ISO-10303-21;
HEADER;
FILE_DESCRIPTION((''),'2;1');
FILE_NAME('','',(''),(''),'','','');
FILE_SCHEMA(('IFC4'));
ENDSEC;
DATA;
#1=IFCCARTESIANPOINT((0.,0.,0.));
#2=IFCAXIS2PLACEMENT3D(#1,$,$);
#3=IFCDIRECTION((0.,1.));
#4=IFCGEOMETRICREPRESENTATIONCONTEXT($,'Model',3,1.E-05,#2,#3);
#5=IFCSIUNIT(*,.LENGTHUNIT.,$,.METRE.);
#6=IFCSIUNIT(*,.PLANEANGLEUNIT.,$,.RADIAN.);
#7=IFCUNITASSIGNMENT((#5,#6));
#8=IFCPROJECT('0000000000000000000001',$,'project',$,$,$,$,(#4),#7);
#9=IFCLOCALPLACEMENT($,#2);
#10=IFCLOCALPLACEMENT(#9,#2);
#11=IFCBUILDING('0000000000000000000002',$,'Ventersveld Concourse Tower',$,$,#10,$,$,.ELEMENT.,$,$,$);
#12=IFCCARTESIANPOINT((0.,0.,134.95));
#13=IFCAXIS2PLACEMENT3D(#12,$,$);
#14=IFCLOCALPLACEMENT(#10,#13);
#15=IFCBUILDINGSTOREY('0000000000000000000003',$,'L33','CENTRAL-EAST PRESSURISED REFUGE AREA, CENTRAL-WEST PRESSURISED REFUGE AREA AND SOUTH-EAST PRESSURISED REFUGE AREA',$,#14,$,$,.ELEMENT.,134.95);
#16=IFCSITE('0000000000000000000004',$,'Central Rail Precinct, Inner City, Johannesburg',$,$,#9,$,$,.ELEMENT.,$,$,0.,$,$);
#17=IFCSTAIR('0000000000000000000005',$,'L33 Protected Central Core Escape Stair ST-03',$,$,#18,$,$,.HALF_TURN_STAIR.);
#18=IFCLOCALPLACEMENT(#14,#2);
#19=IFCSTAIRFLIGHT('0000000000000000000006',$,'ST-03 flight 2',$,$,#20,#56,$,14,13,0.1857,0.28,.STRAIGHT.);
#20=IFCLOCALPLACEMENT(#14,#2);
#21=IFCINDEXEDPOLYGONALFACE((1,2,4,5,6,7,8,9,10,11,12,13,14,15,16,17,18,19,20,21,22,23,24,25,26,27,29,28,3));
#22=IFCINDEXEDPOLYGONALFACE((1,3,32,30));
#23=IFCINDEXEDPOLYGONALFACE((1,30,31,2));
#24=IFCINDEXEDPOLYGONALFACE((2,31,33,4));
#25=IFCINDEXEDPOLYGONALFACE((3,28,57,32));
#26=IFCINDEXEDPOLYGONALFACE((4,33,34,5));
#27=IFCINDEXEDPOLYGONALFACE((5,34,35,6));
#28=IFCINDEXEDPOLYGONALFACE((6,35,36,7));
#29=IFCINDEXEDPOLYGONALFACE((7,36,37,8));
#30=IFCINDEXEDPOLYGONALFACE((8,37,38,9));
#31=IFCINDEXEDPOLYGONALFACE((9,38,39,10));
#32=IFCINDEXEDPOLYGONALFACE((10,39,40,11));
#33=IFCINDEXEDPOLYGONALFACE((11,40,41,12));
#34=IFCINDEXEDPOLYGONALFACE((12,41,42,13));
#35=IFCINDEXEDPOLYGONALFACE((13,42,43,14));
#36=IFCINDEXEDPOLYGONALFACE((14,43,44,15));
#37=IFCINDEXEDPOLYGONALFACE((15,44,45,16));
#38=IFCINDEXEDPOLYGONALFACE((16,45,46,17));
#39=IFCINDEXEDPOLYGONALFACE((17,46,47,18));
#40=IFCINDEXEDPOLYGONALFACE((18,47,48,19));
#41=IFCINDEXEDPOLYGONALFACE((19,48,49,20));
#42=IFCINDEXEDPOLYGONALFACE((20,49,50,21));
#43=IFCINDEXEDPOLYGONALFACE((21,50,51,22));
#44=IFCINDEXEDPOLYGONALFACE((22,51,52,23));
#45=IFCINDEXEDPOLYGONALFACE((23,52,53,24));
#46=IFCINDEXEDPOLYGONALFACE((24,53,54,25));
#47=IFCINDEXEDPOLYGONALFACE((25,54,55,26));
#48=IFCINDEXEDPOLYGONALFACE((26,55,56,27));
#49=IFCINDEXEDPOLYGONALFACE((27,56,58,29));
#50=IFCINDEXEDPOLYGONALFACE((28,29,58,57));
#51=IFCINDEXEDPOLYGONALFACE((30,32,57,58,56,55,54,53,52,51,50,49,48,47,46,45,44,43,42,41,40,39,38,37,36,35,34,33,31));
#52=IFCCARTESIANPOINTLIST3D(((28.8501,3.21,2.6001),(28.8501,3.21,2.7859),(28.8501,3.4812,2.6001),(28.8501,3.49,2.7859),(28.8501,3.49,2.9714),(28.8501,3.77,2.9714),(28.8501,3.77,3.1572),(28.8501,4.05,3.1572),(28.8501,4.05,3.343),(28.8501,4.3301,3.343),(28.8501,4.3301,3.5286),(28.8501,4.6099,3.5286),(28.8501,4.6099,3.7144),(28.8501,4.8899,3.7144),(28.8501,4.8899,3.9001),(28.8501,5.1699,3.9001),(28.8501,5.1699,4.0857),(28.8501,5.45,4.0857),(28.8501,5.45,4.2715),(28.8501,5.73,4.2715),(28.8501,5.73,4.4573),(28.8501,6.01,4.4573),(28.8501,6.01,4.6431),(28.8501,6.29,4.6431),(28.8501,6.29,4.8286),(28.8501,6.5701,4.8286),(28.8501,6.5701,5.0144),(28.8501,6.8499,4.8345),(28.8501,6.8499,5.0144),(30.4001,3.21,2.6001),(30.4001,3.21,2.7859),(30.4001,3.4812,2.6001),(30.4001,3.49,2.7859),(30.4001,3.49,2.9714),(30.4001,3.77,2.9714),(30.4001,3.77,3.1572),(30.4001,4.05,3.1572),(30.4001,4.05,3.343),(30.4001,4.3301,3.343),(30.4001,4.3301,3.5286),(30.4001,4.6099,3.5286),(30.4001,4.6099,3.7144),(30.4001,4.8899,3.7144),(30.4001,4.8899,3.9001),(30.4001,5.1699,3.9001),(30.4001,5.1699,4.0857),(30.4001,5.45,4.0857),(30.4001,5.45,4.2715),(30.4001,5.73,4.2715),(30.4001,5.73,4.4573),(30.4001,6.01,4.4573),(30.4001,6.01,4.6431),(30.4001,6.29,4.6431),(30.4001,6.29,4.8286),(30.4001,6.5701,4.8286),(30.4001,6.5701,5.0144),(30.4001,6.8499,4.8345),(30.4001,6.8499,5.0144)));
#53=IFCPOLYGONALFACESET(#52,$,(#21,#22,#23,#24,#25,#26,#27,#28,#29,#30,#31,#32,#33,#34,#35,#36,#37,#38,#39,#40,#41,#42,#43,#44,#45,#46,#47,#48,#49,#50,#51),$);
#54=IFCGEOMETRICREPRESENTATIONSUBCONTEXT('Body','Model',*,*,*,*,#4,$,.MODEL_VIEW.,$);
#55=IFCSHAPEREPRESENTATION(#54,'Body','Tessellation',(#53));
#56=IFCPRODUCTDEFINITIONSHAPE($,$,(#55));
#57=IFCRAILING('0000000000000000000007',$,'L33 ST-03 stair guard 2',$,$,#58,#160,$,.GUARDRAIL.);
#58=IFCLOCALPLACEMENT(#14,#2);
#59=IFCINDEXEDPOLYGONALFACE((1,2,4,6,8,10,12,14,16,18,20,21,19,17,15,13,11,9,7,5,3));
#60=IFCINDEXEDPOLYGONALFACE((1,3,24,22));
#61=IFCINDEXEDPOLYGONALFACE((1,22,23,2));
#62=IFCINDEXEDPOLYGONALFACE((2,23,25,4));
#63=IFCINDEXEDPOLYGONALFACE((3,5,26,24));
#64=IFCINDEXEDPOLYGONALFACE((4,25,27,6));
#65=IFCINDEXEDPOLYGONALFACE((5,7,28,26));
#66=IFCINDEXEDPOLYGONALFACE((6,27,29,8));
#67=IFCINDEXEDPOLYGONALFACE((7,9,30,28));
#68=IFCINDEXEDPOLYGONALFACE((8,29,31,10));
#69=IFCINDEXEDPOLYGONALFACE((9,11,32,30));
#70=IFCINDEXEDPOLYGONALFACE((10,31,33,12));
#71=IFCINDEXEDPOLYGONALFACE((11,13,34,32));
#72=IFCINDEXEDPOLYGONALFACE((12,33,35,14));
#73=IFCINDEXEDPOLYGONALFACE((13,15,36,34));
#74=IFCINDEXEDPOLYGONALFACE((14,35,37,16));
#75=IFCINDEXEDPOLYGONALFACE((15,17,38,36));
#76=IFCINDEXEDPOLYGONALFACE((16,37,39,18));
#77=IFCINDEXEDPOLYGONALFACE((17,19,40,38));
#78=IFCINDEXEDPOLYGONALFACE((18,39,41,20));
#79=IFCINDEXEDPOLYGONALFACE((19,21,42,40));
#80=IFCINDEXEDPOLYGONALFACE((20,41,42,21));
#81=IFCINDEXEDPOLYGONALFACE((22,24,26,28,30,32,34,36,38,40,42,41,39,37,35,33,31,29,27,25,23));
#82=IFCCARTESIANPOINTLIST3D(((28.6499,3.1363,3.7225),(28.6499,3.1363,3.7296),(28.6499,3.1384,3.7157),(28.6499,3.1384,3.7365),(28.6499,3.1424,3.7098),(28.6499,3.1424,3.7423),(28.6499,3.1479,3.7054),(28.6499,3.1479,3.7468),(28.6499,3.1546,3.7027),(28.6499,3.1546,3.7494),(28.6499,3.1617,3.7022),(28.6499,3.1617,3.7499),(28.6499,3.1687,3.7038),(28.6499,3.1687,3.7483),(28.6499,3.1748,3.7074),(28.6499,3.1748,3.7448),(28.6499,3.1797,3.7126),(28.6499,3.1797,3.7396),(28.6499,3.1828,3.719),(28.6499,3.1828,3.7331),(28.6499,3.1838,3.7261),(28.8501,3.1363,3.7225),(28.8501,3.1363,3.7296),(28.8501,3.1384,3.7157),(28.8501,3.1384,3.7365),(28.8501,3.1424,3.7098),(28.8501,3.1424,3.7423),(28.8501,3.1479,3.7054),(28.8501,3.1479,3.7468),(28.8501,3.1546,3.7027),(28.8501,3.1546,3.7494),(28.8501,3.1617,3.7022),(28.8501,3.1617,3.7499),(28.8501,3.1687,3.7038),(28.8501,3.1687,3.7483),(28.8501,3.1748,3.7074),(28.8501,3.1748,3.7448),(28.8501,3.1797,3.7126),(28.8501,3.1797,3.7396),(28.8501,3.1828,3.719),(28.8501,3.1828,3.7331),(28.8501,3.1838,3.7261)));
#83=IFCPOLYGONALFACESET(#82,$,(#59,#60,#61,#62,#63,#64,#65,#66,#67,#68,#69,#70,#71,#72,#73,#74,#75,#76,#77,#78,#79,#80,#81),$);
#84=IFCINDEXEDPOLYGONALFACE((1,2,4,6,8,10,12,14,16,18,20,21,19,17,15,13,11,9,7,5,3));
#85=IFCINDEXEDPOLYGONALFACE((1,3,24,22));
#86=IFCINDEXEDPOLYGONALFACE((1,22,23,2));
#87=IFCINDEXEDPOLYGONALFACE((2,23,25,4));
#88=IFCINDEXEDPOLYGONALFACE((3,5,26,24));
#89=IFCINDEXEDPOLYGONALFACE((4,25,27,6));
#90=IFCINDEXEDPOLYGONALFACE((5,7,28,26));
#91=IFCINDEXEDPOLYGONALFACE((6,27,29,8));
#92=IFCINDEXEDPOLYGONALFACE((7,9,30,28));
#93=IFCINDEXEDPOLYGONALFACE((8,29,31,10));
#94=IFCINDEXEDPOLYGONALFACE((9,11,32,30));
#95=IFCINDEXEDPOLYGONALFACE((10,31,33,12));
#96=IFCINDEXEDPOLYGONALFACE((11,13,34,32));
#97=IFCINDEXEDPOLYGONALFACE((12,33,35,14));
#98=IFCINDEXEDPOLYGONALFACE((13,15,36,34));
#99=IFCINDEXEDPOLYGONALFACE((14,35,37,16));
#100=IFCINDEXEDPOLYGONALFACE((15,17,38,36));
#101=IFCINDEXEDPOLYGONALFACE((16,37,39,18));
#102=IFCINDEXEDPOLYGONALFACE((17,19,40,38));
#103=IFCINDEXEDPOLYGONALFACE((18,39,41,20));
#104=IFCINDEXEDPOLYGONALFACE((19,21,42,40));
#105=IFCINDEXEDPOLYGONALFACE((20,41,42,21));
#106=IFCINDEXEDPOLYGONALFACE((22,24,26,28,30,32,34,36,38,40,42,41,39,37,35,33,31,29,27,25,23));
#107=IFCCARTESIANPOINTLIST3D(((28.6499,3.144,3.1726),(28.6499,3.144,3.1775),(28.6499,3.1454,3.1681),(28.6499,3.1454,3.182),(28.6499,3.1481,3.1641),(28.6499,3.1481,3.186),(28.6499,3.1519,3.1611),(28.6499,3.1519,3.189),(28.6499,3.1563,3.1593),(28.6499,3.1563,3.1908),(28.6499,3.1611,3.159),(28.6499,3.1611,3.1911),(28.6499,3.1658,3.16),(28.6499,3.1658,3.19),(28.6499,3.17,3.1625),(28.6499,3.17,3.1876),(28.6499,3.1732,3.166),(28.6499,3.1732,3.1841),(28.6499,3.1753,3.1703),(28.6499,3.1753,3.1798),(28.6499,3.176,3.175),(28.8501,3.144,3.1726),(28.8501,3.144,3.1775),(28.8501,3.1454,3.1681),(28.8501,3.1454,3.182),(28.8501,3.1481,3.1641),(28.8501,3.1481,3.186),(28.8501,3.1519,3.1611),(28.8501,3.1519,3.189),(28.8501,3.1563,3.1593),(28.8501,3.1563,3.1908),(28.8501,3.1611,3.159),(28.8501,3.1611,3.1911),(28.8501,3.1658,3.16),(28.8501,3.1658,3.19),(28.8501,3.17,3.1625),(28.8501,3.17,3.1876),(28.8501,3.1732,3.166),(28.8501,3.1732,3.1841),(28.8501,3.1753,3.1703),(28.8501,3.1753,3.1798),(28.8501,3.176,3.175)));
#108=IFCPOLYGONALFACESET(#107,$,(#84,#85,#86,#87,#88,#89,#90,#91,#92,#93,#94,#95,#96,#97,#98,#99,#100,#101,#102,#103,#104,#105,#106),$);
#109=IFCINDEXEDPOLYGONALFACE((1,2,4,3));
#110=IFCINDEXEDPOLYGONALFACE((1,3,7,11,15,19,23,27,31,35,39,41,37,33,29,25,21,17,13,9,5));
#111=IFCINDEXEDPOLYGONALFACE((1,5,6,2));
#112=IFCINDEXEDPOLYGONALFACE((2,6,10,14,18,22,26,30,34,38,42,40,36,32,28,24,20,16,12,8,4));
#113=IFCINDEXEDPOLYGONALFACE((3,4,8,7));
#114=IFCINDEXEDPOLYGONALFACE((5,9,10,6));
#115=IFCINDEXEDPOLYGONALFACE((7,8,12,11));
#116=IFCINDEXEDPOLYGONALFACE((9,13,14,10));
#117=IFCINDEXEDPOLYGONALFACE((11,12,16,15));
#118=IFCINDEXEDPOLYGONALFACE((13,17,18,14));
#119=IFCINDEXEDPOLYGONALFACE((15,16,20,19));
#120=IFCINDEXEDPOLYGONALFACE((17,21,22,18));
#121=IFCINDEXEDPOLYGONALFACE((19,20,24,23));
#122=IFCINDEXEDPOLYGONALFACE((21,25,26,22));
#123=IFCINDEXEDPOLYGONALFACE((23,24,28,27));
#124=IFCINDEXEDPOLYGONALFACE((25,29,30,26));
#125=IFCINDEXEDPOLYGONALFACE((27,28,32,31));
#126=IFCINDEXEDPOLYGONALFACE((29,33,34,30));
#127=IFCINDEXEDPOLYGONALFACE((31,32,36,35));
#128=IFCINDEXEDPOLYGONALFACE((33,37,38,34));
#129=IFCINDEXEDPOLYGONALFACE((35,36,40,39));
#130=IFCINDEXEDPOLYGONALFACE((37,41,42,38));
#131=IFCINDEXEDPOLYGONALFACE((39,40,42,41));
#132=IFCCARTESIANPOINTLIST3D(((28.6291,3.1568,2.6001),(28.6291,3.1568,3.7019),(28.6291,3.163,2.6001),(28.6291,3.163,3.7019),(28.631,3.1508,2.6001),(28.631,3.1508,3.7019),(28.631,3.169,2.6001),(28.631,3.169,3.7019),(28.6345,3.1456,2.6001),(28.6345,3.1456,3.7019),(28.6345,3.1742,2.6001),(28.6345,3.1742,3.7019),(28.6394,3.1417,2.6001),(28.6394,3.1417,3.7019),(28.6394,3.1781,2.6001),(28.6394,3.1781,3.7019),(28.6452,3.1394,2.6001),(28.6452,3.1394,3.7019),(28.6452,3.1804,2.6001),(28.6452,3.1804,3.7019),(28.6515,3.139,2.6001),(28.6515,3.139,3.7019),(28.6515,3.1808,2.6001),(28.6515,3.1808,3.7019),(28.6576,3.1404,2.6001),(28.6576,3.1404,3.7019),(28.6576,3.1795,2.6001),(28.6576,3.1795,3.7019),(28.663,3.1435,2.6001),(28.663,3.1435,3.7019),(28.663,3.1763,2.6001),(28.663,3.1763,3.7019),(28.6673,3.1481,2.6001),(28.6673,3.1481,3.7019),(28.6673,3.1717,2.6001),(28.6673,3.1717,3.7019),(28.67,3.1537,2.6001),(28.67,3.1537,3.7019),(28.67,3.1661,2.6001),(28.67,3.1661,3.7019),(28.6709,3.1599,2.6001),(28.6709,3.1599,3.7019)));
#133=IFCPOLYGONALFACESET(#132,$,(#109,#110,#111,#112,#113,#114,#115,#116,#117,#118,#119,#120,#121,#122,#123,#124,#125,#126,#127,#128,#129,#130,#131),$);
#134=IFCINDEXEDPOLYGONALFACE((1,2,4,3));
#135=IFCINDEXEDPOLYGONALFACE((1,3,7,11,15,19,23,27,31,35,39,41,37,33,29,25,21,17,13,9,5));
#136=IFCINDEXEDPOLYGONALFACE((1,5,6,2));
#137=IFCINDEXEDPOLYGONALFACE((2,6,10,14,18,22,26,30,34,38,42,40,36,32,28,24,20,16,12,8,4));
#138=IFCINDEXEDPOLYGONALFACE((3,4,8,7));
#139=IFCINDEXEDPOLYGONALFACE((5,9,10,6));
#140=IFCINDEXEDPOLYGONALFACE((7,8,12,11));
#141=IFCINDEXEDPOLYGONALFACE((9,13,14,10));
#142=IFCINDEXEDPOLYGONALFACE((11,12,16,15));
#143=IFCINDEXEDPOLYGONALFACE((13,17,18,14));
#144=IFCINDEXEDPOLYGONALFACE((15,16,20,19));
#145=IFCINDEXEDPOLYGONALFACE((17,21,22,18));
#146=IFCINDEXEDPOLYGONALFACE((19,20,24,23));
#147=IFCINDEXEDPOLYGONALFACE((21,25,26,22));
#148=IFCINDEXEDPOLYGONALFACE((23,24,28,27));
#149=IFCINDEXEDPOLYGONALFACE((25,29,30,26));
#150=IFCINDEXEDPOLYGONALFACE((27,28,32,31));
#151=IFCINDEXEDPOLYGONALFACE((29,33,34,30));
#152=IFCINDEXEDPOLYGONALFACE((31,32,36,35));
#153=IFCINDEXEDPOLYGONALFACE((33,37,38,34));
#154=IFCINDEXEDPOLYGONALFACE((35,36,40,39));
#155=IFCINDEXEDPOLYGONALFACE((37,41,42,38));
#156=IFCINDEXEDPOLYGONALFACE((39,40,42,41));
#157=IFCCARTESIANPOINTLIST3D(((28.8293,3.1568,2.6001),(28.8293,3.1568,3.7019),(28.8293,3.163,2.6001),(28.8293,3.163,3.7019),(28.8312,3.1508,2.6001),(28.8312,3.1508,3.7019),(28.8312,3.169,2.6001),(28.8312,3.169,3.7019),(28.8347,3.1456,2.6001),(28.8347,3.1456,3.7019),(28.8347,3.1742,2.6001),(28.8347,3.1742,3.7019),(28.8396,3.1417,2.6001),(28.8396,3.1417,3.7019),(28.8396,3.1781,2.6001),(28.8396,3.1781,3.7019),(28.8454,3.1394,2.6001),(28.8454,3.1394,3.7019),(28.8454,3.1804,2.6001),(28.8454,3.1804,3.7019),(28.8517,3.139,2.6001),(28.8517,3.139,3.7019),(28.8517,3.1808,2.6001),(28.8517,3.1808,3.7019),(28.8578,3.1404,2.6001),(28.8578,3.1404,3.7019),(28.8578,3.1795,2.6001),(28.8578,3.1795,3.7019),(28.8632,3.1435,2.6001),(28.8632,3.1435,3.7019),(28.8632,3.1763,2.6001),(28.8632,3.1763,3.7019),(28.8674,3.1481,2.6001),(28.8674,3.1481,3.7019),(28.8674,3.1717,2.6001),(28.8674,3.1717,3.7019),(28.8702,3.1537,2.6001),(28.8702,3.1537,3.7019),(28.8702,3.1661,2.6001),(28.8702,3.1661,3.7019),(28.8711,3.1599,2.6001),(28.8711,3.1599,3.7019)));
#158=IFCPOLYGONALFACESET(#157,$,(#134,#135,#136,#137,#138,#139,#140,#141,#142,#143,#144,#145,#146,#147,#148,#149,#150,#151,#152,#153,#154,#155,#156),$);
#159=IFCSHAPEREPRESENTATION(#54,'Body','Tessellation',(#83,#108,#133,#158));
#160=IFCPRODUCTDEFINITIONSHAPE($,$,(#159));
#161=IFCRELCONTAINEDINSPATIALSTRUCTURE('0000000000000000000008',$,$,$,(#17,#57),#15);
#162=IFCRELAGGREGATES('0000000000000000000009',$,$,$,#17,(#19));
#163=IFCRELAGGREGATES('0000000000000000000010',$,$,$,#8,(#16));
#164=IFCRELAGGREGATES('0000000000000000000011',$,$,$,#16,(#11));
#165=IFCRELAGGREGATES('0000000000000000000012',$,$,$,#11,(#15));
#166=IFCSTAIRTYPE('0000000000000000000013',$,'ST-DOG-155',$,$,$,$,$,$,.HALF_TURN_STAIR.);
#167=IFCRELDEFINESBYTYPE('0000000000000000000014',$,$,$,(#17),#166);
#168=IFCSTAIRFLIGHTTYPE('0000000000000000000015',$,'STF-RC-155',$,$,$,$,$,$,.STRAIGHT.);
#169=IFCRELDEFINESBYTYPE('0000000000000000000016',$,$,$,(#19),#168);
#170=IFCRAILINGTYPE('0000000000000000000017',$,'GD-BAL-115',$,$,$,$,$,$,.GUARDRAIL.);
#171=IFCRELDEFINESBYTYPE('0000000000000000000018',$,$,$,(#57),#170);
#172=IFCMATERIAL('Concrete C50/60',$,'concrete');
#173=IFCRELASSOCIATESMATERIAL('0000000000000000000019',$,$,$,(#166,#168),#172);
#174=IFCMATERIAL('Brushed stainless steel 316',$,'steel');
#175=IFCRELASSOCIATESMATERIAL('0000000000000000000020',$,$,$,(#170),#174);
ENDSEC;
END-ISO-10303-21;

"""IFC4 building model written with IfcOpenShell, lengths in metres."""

from ifc_helpers import new_model, si_unit, direction, frame, origin, origin_2d, place, context, subcontext, project, spatial, polyline, circle, outline, extrude, material, type_object, element, aggregate, save


model = new_model("IFC4")

# Units and contexts
model_context = context("Model", 3, precision=1e-05, world=origin(), true_north=direction((0.0, 1.0)))
body_context = subcontext(model_context, "Body", "Model", "MODEL_VIEW")
ifc_project = project(units=[si_unit("LENGTHUNIT", "METRE"), si_unit("PLANEANGLEUNIT", "RADIAN")], contexts=[model_context])

# Site, building, storey
site_placement = place(None, origin())
site = spatial("IfcSite", under=ifc_project, at=site_placement, Name="Central Rail Precinct, Inner City, Johannesburg", CompositionType="ELEMENT", RefElevation=0.0)
building_placement = place(site_placement, origin())
building = spatial("IfcBuilding", under=site, at=building_placement, Name="Ventersveld Concourse Tower", CompositionType="ELEMENT")
storey_placement = place(building_placement, frame((0.0, 0.0, 134.95)))
storey = spatial("IfcBuildingStorey", under=building, at=storey_placement, Name="L33", Description="CENTRAL-EAST PRESSURISED REFUGE AREA, CENTRAL-WEST PRESSURISED REFUGE AREA AND SOUTH-EAST PRESSURISED REFUGE AREA", CompositionType="ELEMENT", Elevation=134.95)

# Shared definitions
ifc_material_1 = material(Name="Concrete C50/60", Category="concrete")

# Stair, stair flight
stair_type = type_object("IfcStairType", Name="ST-DOG-155", PredefinedType="HALF_TURN_STAIR", material=ifc_material_1)
stair_placement = place(storey_placement, origin())
stair = element("IfcStair", 1, at=stair_placement, inside=storey, type_object=stair_type, Name="L33 Protected Central Core Escape Stair ST-03", PredefinedType="HALF_TURN_STAIR")
stair_flight_type = type_object("IfcStairFlightType", Name="STF-RC-155", PredefinedType="STRAIGHT", material=ifc_material_1)
stair_flight_placement = place(storey_placement, frame((29.625, 3.21, 2.6001), z_axis=(0.0, 0.0, 1.0), x_axis=(0.0, 1.0, 0.0)))
stair_flight = element("IfcStairFlight", 2, at=stair_flight_placement, type_object=stair_flight_type, Name="ST-03 flight 2", NumberOfRisers=14, NumberOfTreads=13, PredefinedType="STRAIGHT", RiserHeight=0.1857, TreadLength=0.28, context=body_context, shape_type="SweptSolid", body=[
    extrude(outline(polyline([(0.0, 0.0), (0.0, 0.1858), (0.28, 0.1858), (0.28, 0.3713), (0.5601, 0.3713), (0.5601, 0.5571), (0.8401, 0.5571), (0.8401, 0.7429), (1.1201, 0.7429), (1.1201, 0.9285), (1.3999, 0.9285), (1.3999, 1.1143), (1.6799, 1.1143), (1.6799, 1.3), (1.96, 1.3), (1.96, 1.4856), (2.24, 1.4856), (2.24, 1.6714), (2.52, 1.6714), (2.52, 1.8572), (2.8, 1.8572), (2.8, 2.043), (3.0801, 2.043), (3.0801, 2.2285), (3.3601, 2.2285), (3.3601, 2.4143), (3.6399, 2.4143), (3.6399, 2.6001), (3.6399, 2.2344), (0.2712, 0.0), (0.0, 0.0)])), frame((0.0, 0.7749, 0.0), z_axis=(0.0, -1.0, 0.0), x_axis=(1.0, 0.0, 0.0)), (0.0, 0.0, 1.0), 1.55),
])
aggregate(stair, [stair_flight])

# Railing
ifc_material_2 = material(Name="Brushed stainless steel 316", Category="steel")
railing_type_1 = type_object("IfcRailingType", Name="GD-BAL-115", PredefinedType="GUARDRAIL", material=ifc_material_2)
railing_1_placement = place(storey_placement, frame((28.6499, 3.1599, 2.6001)))
element("IfcRailing", 3, at=railing_1_placement, inside=storey, type_object=railing_type_1, Name="L33 ST-03 stair guard 2", PredefinedType="GUARDRAIL", context=body_context, shape_type="SweptSolid", body=[
    extrude(circle(Radius=0.0239, at=origin_2d()), frame((0.0, 0.0, 1.126), z_axis=(1.0, 0.0, 0.0), x_axis=(0.0, 1.0, 0.0)), (0.0, 0.0, 1.0), 0.2002),
    extrude(circle(Radius=0.0161, at=origin_2d()), frame((0.0, 0.0, 0.575), z_axis=(1.0, 0.0, 0.0), x_axis=(0.0, 1.0, 0.0)), (0.0, 0.0, 1.0), 0.2002),
    extrude(circle(Radius=0.021, at=origin_2d()), origin(), (0.0, 0.0, 1.0), 1.1018),
    extrude(circle(Radius=0.021, at=origin_2d()), frame((0.2002, 0.0, 0.0)), (0.0, 0.0, 1.0), 1.1018),
])

save(model, "model.ifc")
